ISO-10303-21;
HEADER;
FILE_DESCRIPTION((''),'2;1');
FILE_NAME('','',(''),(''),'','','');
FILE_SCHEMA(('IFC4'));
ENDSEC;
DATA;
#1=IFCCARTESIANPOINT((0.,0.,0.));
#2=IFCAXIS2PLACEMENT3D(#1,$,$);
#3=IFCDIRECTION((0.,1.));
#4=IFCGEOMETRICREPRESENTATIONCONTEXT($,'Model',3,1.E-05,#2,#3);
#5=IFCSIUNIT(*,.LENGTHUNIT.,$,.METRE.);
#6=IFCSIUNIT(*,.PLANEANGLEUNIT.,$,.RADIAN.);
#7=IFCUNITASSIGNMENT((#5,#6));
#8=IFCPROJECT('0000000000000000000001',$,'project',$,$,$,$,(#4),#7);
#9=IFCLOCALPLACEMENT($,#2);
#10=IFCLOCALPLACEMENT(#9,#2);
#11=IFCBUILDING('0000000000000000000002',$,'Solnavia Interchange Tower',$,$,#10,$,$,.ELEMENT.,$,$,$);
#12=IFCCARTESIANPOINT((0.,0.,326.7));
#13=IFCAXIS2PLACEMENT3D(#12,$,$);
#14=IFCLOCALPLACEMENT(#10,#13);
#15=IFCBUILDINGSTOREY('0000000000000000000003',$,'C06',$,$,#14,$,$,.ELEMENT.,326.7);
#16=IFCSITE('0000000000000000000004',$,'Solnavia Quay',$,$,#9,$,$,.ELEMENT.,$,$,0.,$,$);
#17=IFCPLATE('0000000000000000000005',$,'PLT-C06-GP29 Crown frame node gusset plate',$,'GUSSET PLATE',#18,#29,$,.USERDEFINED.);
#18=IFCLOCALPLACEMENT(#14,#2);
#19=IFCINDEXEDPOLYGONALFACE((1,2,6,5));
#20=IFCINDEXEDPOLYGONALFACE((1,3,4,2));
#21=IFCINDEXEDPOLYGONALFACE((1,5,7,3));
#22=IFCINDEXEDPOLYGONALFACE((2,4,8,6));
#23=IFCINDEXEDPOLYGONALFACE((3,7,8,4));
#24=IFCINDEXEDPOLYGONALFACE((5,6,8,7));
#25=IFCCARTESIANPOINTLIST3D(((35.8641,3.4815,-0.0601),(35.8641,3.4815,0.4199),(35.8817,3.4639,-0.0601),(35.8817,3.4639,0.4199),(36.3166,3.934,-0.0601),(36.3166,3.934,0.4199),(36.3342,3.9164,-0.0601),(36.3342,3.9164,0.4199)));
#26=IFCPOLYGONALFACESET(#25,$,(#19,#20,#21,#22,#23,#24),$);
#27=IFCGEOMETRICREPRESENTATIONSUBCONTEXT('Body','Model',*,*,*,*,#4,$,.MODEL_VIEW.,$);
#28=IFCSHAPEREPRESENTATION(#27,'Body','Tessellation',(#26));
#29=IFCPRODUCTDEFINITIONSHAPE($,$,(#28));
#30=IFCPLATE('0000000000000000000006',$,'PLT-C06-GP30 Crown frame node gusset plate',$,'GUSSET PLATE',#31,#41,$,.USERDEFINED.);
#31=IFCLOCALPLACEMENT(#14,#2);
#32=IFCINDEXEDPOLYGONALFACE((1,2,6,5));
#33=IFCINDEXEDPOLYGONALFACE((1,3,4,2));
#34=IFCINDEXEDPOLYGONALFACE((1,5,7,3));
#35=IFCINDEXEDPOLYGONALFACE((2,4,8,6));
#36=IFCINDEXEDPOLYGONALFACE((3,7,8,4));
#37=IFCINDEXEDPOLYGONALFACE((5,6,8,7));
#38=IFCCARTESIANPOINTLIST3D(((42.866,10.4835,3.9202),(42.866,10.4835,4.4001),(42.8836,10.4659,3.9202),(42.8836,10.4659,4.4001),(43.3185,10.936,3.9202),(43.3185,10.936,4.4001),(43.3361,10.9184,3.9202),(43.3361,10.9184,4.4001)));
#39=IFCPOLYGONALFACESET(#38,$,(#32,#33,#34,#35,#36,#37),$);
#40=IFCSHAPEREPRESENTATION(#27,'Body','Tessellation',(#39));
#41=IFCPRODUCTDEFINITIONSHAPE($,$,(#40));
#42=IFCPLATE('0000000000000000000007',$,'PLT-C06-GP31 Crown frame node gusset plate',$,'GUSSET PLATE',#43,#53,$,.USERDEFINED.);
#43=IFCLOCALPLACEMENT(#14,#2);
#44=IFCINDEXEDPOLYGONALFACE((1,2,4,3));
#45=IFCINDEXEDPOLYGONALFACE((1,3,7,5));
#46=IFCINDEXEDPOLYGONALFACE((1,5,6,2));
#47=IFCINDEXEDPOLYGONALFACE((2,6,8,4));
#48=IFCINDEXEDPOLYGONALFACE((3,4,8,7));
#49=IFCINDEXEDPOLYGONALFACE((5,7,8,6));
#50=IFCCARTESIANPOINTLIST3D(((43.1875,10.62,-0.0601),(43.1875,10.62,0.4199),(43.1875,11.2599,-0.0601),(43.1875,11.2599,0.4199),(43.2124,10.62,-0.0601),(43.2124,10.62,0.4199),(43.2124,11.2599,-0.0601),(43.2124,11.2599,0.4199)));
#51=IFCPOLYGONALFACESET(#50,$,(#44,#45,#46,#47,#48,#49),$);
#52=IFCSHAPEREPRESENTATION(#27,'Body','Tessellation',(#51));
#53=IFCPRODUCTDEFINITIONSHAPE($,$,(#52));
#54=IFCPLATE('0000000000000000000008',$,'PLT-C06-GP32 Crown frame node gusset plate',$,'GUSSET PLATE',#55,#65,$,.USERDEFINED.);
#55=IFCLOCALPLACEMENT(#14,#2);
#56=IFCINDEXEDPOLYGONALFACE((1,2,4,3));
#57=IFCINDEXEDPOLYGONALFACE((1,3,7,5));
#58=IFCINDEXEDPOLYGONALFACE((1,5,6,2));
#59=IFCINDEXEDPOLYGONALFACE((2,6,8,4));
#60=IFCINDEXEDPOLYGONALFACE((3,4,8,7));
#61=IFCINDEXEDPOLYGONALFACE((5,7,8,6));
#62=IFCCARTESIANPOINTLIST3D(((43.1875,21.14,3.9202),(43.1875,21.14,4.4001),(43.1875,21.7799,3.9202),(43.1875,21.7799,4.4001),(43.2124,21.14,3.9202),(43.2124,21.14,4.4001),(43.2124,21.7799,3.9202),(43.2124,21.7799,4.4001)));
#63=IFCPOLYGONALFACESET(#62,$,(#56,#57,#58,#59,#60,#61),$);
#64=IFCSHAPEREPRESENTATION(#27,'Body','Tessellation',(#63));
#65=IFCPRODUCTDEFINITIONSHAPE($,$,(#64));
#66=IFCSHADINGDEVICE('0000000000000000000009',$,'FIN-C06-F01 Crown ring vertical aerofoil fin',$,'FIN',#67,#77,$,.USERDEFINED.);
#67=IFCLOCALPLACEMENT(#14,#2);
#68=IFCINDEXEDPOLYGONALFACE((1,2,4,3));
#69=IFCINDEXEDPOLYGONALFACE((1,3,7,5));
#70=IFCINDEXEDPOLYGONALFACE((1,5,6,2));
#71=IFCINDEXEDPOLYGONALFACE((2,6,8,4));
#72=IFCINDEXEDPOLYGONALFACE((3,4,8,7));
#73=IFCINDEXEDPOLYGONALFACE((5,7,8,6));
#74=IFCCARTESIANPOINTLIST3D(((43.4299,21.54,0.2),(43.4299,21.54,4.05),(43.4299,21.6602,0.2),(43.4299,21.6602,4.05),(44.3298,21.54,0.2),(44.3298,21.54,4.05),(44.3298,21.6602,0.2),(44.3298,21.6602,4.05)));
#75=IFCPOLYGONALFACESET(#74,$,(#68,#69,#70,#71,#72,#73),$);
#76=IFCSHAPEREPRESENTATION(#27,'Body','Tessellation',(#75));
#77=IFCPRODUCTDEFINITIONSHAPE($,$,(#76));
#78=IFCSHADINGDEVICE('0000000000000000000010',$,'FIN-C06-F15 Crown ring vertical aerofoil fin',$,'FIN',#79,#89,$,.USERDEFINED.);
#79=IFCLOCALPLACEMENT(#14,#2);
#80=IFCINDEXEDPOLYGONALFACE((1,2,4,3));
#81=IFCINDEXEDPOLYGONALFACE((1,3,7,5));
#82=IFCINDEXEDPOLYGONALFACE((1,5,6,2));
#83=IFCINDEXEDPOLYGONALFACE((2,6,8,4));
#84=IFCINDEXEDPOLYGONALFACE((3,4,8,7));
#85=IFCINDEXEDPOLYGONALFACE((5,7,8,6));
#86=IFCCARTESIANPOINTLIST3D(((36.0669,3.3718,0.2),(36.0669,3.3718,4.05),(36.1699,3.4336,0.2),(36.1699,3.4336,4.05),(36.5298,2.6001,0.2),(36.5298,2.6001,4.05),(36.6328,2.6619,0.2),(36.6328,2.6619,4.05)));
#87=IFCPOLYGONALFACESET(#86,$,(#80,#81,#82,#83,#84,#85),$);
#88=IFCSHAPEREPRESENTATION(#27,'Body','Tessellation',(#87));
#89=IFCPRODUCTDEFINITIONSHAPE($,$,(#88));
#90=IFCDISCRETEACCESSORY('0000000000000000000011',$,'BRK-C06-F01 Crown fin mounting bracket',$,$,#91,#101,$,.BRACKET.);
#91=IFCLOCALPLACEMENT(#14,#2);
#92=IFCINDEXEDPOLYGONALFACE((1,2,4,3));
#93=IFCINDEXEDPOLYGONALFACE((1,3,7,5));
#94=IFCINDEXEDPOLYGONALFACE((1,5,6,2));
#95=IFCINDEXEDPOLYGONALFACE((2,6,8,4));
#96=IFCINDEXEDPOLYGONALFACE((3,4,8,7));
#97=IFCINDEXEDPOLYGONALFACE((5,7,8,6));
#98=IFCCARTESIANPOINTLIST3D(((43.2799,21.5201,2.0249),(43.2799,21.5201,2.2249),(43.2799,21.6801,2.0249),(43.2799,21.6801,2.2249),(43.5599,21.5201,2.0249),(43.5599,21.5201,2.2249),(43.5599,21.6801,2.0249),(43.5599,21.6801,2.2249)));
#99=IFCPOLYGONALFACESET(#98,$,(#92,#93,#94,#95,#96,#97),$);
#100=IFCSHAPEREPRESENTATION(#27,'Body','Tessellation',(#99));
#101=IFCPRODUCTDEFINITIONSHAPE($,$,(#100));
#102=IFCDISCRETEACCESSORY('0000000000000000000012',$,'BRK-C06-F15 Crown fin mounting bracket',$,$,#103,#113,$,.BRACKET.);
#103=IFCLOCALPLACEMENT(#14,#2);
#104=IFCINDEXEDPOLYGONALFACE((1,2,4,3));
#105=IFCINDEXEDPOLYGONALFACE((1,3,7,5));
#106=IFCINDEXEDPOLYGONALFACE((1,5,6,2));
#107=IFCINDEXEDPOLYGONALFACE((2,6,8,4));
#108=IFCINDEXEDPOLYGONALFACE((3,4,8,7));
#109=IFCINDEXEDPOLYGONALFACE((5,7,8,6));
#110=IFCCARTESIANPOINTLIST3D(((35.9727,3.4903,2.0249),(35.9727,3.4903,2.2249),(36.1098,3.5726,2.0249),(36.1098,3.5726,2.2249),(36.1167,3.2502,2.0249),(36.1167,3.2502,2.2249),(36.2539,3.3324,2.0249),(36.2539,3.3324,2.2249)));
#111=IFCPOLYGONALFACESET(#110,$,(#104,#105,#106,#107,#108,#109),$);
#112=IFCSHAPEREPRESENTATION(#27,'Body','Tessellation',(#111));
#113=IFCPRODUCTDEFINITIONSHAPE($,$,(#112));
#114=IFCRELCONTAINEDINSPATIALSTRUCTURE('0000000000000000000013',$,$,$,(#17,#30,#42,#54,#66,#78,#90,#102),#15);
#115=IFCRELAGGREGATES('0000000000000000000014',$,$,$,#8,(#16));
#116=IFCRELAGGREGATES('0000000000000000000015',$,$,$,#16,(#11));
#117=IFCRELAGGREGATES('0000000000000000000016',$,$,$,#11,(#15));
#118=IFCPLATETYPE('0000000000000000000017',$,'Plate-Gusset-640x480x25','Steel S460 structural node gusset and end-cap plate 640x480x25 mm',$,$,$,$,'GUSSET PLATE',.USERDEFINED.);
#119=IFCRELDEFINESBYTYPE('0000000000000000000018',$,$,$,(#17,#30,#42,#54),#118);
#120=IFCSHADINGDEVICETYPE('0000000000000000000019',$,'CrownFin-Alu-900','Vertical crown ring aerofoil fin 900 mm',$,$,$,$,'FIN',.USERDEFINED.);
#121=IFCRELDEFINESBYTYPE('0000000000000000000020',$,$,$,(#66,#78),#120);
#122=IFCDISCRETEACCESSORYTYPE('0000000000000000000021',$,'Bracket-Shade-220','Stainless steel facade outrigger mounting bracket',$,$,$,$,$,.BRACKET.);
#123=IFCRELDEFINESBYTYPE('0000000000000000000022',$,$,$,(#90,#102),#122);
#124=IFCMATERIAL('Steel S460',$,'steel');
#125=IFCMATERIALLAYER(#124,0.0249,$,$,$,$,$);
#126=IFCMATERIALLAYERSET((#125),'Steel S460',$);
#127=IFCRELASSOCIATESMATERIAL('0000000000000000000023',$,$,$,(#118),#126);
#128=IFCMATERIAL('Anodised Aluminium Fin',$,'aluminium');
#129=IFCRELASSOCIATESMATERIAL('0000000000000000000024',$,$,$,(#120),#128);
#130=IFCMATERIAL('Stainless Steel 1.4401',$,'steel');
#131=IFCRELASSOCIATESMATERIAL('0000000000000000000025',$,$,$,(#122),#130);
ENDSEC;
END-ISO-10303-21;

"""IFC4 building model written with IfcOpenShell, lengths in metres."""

from ifc_helpers import new_model, si_unit, direction, frame, origin, origin_2d, place, context, subcontext, project, spatial, rectangle, extrude, material, layer, layer_set, type_object, element, save


model = new_model("IFC4")

# Units and contexts
model_context = context("Model", 3, precision=1e-05, world=origin(), true_north=direction((0.0, 1.0)))
body_context = subcontext(model_context, "Body", "Model", "MODEL_VIEW")
ifc_project = project(units=[si_unit("LENGTHUNIT", "METRE"), si_unit("PLANEANGLEUNIT", "RADIAN")], contexts=[model_context])

# Site, building, storey
site_placement = place(None, origin())
site = spatial("IfcSite", under=ifc_project, at=site_placement, Name="Solnavia Quay", CompositionType="ELEMENT", RefElevation=0.0)
building_placement = place(site_placement, origin())
building = spatial("IfcBuilding", under=site, at=building_placement, Name="Solnavia Interchange Tower", CompositionType="ELEMENT")
storey_placement = place(building_placement, frame((0.0, 0.0, 326.7)))
storey = spatial("IfcBuildingStorey", under=building, at=storey_placement, Name="C06", CompositionType="ELEMENT", Elevation=326.7)

# Shared definitions
ifc_material_1 = material(Name="Steel S460", Category="steel")

# Plates
ifc_layer = layer(ifc_material_1, 0.0249)
ifc_layer_set = layer_set([ifc_layer], Name="Steel S460")
plate_type = type_object("IfcPlateType", Name="Plate-Gusset-640x480x25", Description="Steel S460 structural node gusset and end-cap plate 640x480x25 mm", ElementType="GUSSET PLATE", PredefinedType="USERDEFINED", material=ifc_layer_set)
for number, where, z_axis, x_axis, name in (
    (1, (36.0991, 3.699, -0.0601), (0.0, 0.0, 1.0), (0.707107, 0.707107, 0.0), "PLT-C06-GP29 Crown frame node gusset plate"),
    (2, (43.1011, 10.7009, 3.9202), (0.0, 0.0, 1.0), (0.707107, 0.707107, 0.0), "PLT-C06-GP30 Crown frame node gusset plate"),
    (3, (43.2, 10.9399, -0.0601), (0.0, 0.0, 1.0), (0.0, 1.0, 0.0), "PLT-C06-GP31 Crown frame node gusset plate"),
    (4, (43.2, 21.46, 3.9202), (0.0, 0.0, 1.0), (0.0, 1.0, 0.0), "PLT-C06-GP32 Crown frame node gusset plate"),
):
    element("IfcPlate", number, at=place(storey_placement, frame(where, z_axis=z_axis, x_axis=x_axis)), inside=storey, type_object=plate_type, Name=name, ObjectType="GUSSET PLATE", PredefinedType="USERDEFINED", context=body_context, shape_type="SweptSolid", body=[
        extrude(rectangle(XDim=0.6399, YDim=0.0249, at=origin_2d()), origin(), (0.0, 0.0, 1.0), 0.48),
    ])

# Shading devices
ifc_material_2 = material(Name="Anodised Aluminium Fin", Category="aluminium")
shading_device_type = type_object("IfcShadingDeviceType", Name="CrownFin-Alu-900", Description="Vertical crown ring aerofoil fin 900 mm", ElementType="FIN", PredefinedType="USERDEFINED", material=ifc_material_2)
for number, where, z_axis, x_axis, name in (
    (5, (43.8799, 21.6001, 0.2), (0.0, 0.0, 1.0), (1.0, 0.0, 0.0), "FIN-C06-F01 Crown ring vertical aerofoil fin"),
    (6, (36.3499, 3.0168, 0.2), (0.0, 0.0, 1.0), (0.51444, -0.857527, 0.0), "FIN-C06-F15 Crown ring vertical aerofoil fin"),
):
    element("IfcShadingDevice", number, at=place(storey_placement, frame(where, z_axis=z_axis, x_axis=x_axis)), inside=storey, type_object=shading_device_type, Name=name, ObjectType="FIN", PredefinedType="USERDEFINED", context=body_context, shape_type="SweptSolid", body=[
        extrude(rectangle(XDim=0.8999, YDim=0.1201, at=origin_2d()), origin(), (0.0, 0.0, 1.0), 3.8501),
    ])

# Discrete accessories
ifc_material_3 = material(Name="Stainless Steel 1.4401", Category="steel")
discrete_accessory_type = type_object("IfcDiscreteAccessoryType", Name="Bracket-Shade-220", Description="Stainless steel facade outrigger mounting bracket", PredefinedType="BRACKET", material=ifc_material_3)
for number, where, z_axis, x_axis, name in (
    (7, (43.4199, 21.6001, 2.0249), (0.0, 0.0, 1.0), (1.0, 0.0, 0.0), "BRK-C06-F01 Crown fin mounting bracket"),
    (8, (36.1133, 3.4114, 2.0249), (0.0, 0.0, 1.0), (0.51444, -0.857527, 0.0), "BRK-C06-F15 Crown fin mounting bracket"),
):
    element("IfcDiscreteAccessory", number, at=place(storey_placement, frame(where, z_axis=z_axis, x_axis=x_axis)), inside=storey, type_object=discrete_accessory_type, Name=name, PredefinedType="BRACKET", context=body_context, shape_type="SweptSolid", body=[
        extrude(rectangle(XDim=0.28, YDim=0.1599, at=origin_2d()), origin(), (0.0, 0.0, 1.0), 0.2),
    ])

save(model, "model.ifc")
